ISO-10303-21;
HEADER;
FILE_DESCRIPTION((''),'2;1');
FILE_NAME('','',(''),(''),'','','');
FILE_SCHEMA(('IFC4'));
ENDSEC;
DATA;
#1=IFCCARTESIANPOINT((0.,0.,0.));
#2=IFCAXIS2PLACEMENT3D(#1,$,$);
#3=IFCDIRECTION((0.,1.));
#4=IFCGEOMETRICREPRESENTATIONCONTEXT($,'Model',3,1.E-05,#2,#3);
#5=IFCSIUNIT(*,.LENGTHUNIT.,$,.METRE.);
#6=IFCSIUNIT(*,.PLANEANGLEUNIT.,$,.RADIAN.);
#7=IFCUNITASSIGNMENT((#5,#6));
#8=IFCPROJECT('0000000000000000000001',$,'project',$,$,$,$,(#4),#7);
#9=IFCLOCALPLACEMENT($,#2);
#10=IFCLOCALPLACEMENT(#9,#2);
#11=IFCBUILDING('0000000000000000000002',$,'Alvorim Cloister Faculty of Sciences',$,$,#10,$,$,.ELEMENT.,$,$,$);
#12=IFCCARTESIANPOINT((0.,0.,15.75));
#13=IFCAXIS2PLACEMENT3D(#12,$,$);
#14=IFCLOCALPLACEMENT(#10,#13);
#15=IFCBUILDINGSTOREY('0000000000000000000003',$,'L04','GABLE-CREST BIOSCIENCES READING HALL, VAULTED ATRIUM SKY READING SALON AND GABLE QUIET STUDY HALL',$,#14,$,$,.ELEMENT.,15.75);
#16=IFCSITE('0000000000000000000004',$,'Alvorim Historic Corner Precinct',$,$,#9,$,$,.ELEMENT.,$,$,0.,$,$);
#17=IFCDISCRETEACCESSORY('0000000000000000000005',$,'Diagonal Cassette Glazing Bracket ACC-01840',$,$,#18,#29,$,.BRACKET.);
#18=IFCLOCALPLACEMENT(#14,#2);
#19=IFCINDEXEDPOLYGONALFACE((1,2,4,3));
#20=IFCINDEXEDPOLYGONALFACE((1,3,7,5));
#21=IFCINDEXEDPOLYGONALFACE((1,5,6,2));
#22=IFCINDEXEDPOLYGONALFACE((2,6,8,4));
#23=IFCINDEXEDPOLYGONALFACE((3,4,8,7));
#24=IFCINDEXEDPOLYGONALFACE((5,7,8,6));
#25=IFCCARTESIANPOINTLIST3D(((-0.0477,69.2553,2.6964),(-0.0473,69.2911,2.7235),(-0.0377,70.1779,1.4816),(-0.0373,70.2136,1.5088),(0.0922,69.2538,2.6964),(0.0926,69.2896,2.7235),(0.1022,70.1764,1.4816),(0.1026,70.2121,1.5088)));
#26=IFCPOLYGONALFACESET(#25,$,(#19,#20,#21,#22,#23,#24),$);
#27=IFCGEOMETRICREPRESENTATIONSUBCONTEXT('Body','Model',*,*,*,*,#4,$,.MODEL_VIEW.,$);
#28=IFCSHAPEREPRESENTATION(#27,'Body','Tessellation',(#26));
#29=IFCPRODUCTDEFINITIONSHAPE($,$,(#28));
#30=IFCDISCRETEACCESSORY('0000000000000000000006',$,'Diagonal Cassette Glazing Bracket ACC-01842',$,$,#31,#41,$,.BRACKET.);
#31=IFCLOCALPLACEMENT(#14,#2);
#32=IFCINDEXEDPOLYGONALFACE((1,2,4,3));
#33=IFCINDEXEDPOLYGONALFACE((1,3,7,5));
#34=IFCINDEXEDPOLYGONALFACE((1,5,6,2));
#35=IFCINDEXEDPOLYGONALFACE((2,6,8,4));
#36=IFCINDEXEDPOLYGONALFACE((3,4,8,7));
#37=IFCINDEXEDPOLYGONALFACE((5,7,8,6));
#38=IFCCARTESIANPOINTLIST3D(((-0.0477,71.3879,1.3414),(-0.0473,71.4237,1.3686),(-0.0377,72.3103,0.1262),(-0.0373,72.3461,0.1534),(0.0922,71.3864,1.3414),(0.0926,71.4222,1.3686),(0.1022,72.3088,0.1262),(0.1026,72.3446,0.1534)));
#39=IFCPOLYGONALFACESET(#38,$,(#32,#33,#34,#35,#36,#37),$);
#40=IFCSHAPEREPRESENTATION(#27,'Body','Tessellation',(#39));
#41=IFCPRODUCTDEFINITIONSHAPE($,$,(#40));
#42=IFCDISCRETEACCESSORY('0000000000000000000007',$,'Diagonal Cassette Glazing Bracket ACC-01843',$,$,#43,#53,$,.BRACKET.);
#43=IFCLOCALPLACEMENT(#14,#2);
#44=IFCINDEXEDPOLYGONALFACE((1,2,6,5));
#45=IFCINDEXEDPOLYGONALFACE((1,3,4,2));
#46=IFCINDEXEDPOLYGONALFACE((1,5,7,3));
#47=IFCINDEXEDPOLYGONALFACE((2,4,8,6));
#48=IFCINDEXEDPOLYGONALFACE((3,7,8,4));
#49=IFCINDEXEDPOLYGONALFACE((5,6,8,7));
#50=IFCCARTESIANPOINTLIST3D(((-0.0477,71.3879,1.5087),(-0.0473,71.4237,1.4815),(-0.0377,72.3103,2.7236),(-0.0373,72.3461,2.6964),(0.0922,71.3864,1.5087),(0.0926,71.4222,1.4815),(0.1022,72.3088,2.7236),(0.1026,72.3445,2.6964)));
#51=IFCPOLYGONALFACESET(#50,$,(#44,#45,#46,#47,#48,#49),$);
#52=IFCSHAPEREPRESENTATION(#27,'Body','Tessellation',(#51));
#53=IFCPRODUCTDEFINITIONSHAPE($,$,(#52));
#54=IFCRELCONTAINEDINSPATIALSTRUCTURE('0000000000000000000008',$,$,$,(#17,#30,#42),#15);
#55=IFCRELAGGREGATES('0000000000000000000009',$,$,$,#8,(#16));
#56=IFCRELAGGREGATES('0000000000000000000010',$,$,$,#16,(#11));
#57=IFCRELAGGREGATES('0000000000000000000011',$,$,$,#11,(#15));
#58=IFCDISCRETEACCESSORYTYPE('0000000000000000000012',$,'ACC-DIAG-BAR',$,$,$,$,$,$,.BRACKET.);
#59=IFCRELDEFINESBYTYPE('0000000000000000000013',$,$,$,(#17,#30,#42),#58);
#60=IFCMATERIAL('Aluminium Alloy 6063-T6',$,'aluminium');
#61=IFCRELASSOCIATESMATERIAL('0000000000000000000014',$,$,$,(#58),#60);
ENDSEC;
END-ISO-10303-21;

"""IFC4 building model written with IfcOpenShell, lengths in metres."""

from ifc_helpers import new_model, si_unit, direction, frame, origin, origin_2d, place, context, subcontext, project, spatial, rectangle, extrude, material, type_object, element, save


model = new_model("IFC4")

# Units and contexts
model_context = context("Model", 3, precision=1e-05, world=origin(), true_north=direction((0.0, 1.0)))
body_context = subcontext(model_context, "Body", "Model", "MODEL_VIEW")
ifc_project = project(units=[si_unit("LENGTHUNIT", "METRE"), si_unit("PLANEANGLEUNIT", "RADIAN")], contexts=[model_context])

# Site, building, storey
site_placement = place(None, origin())
site = spatial("IfcSite", under=ifc_project, at=site_placement, Name="Alvorim Historic Corner Precinct", CompositionType="ELEMENT", RefElevation=0.0)
building_placement = place(site_placement, origin())
building = spatial("IfcBuilding", under=site, at=building_placement, Name="Alvorim Cloister Faculty of Sciences", CompositionType="ELEMENT")
storey_placement = place(building_placement, frame((0.0, 0.0, 15.75)))
storey = spatial("IfcBuildingStorey", under=building, at=storey_placement, Name="L04", Description="GABLE-CREST BIOSCIENCES READING HALL, VAULTED ATRIUM SKY READING SALON AND GABLE QUIET STUDY HALL", CompositionType="ELEMENT", Elevation=15.75)

# Shared definitions
ifc_material_1 = material(Name="Aluminium Alloy 6063-T6", Category="aluminium")

# Discrete accessories
discrete_accessory_type = type_object("IfcDiscreteAccessoryType", Name="ACC-DIAG-BAR", PredefinedType="BRACKET", material=ifc_material_1)
discrete_accessory_1_placement = place(storey_placement, frame((0.0225, 69.2725, 2.71), z_axis=(0.006562, 0.60479, -0.796358), x_axis=(-0.999941, 0.010849, 0.0)))
element("IfcDiscreteAccessory", 1, at=discrete_accessory_1_placement, inside=storey, type_object=discrete_accessory_type, Name="Diagonal Cassette Glazing Bracket ACC-01840", PredefinedType="BRACKET", context=body_context, shape_type="SweptSolid", body=[
    extrude(rectangle(XDim=0.1399, YDim=0.0449, at=origin_2d()), origin(), (0.0, 0.0, 1.0), 1.5254),
])
discrete_accessory_2_placement = place(storey_placement, frame((0.0225, 71.405, 1.355), z_axis=(0.006561, 0.604612, -0.796493), x_axis=(-0.999941, 0.010852, 0.0)))
element("IfcDiscreteAccessory", 2, at=discrete_accessory_2_placement, inside=storey, type_object=discrete_accessory_type, Name="Diagonal Cassette Glazing Bracket ACC-01842", PredefinedType="BRACKET", context=body_context, shape_type="SweptSolid", body=[
    extrude(rectangle(XDim=0.1399, YDim=0.0449, at=origin_2d()), origin(), (0.0, 0.0, 1.0), 1.5256),
])
discrete_accessory_3_placement = place(storey_placement, frame((0.0225, 71.405, 1.4951), z_axis=(0.006562, 0.604689, 0.796435), x_axis=(-0.999941, 0.010852, 0.0)))
element("IfcDiscreteAccessory", 3, at=discrete_accessory_3_placement, inside=storey, type_object=discrete_accessory_type, Name="Diagonal Cassette Glazing Bracket ACC-01843", PredefinedType="BRACKET", context=body_context, shape_type="SweptSolid", body=[
    extrude(rectangle(XDim=0.1399, YDim=0.0449, at=origin_2d()), origin(), (0.0, 0.0, 1.0), 1.5254),
])

save(model, "model.ifc")
